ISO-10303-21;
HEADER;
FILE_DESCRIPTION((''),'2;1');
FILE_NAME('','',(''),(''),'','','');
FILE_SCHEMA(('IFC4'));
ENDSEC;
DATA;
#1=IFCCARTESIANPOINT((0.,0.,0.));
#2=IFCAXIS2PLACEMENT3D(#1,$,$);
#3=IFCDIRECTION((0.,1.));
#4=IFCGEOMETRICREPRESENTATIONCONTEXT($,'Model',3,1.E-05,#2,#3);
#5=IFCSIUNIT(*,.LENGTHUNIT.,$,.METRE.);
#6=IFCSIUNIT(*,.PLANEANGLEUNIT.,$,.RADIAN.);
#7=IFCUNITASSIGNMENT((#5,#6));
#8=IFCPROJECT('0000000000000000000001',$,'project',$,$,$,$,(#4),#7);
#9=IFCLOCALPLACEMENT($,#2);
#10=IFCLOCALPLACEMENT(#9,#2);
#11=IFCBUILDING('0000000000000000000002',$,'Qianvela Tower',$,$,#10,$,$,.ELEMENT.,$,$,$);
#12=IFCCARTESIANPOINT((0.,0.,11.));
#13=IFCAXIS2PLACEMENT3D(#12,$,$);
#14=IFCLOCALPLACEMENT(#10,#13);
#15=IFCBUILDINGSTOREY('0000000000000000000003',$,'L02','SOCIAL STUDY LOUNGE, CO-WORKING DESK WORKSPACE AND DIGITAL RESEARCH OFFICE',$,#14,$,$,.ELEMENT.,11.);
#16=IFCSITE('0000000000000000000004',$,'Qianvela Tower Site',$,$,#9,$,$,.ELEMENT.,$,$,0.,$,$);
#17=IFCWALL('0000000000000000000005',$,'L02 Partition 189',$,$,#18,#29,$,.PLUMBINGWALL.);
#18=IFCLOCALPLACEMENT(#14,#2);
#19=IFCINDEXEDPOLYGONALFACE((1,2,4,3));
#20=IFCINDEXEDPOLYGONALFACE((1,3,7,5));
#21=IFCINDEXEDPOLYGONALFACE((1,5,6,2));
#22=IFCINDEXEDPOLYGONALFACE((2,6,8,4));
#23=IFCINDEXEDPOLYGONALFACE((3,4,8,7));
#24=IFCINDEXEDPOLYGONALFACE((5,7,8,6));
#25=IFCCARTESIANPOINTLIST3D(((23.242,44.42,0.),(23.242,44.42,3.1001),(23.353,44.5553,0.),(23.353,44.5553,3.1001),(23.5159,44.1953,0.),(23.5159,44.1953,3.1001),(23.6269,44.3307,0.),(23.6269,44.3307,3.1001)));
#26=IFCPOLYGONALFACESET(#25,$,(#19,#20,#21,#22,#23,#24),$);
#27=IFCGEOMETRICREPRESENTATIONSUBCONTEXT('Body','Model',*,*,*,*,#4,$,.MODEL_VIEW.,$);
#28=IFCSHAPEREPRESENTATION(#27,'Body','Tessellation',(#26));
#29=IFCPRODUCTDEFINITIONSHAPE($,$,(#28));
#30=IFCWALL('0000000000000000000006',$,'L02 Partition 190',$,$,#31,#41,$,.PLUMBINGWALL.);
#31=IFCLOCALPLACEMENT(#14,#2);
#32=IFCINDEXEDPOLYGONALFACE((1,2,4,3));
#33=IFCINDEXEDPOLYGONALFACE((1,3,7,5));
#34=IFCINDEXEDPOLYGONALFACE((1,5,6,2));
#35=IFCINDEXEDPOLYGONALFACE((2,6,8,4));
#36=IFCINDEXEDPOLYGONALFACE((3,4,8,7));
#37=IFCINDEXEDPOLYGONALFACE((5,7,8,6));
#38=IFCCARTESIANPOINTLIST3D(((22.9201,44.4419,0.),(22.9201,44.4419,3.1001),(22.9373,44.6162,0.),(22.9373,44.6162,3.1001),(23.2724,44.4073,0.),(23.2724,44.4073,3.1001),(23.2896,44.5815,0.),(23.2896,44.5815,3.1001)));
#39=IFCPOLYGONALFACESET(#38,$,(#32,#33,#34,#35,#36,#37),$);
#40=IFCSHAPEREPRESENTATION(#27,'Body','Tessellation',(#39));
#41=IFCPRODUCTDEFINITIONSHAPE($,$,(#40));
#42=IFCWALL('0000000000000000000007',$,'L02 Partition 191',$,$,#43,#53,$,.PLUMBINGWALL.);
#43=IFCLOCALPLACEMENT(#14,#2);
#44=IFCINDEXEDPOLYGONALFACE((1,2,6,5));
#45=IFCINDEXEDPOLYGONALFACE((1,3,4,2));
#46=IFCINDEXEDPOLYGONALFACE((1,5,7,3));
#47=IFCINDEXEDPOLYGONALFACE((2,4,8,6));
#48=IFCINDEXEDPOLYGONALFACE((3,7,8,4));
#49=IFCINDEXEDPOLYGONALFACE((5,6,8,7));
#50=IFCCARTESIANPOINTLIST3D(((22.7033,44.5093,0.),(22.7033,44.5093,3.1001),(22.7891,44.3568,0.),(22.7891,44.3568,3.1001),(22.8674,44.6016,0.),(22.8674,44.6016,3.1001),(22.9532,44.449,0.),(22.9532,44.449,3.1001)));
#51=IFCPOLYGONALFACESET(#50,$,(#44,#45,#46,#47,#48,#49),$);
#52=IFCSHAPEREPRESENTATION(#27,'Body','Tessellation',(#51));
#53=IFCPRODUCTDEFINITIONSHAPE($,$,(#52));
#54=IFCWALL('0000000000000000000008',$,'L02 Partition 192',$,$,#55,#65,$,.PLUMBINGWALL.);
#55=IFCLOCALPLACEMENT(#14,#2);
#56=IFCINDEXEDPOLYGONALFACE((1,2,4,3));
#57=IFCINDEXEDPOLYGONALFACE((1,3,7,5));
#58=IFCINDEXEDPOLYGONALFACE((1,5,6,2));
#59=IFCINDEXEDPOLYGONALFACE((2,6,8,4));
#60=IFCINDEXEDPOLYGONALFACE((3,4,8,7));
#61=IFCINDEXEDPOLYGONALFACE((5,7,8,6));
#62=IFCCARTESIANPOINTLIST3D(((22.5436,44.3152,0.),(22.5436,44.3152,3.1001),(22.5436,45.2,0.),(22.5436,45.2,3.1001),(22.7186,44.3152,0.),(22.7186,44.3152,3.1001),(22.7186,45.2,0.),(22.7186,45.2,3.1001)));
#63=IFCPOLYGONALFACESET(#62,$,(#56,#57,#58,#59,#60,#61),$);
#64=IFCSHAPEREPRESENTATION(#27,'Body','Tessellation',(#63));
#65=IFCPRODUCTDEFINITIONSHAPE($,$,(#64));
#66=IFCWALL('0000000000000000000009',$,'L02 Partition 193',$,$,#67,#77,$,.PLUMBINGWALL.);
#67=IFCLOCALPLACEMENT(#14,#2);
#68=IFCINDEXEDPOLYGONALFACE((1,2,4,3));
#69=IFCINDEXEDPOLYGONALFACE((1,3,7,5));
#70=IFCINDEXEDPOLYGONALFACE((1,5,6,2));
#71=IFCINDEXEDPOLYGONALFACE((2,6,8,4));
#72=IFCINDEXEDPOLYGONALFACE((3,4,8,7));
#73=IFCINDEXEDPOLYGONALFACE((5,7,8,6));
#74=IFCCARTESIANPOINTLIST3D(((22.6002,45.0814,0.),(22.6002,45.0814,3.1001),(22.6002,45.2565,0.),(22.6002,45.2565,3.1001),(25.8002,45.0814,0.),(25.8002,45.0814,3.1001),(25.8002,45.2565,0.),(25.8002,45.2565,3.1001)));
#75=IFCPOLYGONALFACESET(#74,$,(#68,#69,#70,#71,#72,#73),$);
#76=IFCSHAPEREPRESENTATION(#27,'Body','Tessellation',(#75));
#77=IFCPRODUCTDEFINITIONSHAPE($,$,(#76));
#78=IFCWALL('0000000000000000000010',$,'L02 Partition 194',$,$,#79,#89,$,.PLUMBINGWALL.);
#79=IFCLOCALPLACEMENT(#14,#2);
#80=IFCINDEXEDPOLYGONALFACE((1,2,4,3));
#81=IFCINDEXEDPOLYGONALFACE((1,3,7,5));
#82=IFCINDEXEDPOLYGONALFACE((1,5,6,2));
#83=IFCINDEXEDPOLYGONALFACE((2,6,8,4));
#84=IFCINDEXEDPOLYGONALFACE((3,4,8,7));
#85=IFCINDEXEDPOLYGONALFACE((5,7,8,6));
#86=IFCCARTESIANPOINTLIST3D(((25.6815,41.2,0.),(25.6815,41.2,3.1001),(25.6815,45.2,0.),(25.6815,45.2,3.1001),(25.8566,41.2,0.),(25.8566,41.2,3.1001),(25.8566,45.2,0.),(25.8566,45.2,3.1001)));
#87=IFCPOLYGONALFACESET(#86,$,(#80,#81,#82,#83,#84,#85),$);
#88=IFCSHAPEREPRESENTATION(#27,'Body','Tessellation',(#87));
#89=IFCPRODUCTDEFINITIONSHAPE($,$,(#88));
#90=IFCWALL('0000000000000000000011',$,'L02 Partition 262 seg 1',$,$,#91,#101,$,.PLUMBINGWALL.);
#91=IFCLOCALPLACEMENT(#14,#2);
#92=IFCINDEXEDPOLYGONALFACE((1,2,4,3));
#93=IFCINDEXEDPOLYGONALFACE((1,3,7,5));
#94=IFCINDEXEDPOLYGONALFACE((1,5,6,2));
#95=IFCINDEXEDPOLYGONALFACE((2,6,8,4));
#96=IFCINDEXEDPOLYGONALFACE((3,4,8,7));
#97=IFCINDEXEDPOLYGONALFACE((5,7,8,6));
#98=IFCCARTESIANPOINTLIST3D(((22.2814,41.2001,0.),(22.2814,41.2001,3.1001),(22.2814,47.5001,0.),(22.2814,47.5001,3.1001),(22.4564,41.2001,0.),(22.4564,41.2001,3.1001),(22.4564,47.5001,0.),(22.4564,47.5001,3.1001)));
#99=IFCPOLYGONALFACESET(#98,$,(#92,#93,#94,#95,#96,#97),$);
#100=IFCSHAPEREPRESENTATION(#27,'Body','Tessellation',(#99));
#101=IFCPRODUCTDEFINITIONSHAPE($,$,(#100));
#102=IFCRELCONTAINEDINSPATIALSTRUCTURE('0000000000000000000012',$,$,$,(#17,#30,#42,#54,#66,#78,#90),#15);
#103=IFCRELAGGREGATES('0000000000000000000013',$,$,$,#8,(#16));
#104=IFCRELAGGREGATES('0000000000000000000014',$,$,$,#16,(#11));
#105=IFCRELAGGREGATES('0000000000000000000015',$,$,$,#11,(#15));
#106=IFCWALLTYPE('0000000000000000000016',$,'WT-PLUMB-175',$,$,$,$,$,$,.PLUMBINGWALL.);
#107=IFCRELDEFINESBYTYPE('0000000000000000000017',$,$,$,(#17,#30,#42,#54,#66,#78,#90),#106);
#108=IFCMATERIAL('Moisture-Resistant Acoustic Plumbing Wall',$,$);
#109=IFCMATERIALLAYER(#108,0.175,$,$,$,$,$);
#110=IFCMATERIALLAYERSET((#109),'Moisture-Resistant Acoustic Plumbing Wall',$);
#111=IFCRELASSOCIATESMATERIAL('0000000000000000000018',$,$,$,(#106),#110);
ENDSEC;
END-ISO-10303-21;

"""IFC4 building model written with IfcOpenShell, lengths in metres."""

from ifc_helpers import new_model, si_unit, direction, frame, frame_2d, origin, place, context, subcontext, project, spatial, rectangle, extrude, material, layer, layer_set, type_object, element, save


model = new_model("IFC4")

# Units and contexts
model_context = context("Model", 3, precision=1e-05, world=origin(), true_north=direction((0.0, 1.0)))
body_context = subcontext(model_context, "Body", "Model", "MODEL_VIEW")
ifc_project = project(units=[si_unit("LENGTHUNIT", "METRE"), si_unit("PLANEANGLEUNIT", "RADIAN")], contexts=[model_context])

# Site, building, storey
site_placement = place(None, origin())
site = spatial("IfcSite", under=ifc_project, at=site_placement, Name="Qianvela Tower Site", CompositionType="ELEMENT", RefElevation=0.0)
building_placement = place(site_placement, origin())
building = spatial("IfcBuilding", under=site, at=building_placement, Name="Qianvela Tower", CompositionType="ELEMENT")
storey_placement = place(building_placement, frame((0.0, 0.0, 11.0)))
storey = spatial("IfcBuildingStorey", under=building, at=storey_placement, Name="L02", Description="SOCIAL STUDY LOUNGE, CO-WORKING DESK WORKSPACE AND DIGITAL RESEARCH OFFICE", CompositionType="ELEMENT", Elevation=11.0)

# Walls
ifc_material_1 = material(Name="Moisture-Resistant Acoustic Plumbing Wall")
ifc_layer_1 = layer(ifc_material_1, 0.175)
ifc_layer_set_1 = layer_set([ifc_layer_1], Name="Moisture-Resistant Acoustic Plumbing Wall")
wall_type = type_object("IfcWallType", Name="WT-PLUMB-175", PredefinedType="PLUMBINGWALL", material=ifc_layer_set_1)
wall_1_placement = place(storey_placement, frame((23.5715, 44.2629, 0.0), z_axis=(0.0, 0.0, 1.0), x_axis=(-0.773281, 0.634063, 0.0)))
element("IfcWall", 1, at=wall_1_placement, inside=storey, type_object=wall_type, Name="L02 Partition 189", PredefinedType="PLUMBINGWALL", context=body_context, shape_type="SweptSolid", body=[
    extrude(rectangle(XDim=0.3542, YDim=0.175, at=frame_2d((0.1772, 0.0))), origin(), (0.0, 0.0, 1.0), 3.1001),
])
wall_2_placement = place(storey_placement, frame((23.281, 44.4944, 0.0), z_axis=(0.0, 0.0, 1.0), x_axis=(-0.995193, 0.097933, 0.0)))
element("IfcWall", 2, at=wall_2_placement, inside=storey, type_object=wall_type, Name="L02 Partition 190", PredefinedType="PLUMBINGWALL", context=body_context, shape_type="SweptSolid", body=[
    extrude(rectangle(XDim=0.354, YDim=0.175, at=frame_2d((0.177, 0.0))), origin(), (0.0, 0.0, 1.0), 3.1001),
])
wall_3_placement = place(storey_placement, frame((22.9104, 44.5254, 0.0), z_axis=(0.0, 0.0, 1.0), x_axis=(-0.871576, -0.490261, 0.0)))
element("IfcWall", 3, at=wall_3_placement, inside=storey, type_object=wall_type, Name="L02 Partition 191", PredefinedType="PLUMBINGWALL", context=body_context, shape_type="SweptSolid", body=[
    extrude(rectangle(XDim=0.1882, YDim=0.175, at=frame_2d((0.0942, 0.0))), origin(), (0.0, 0.0, 1.0), 3.1001),
])
wall_4_placement = place(storey_placement, frame((22.6311, 44.3152, 0.0), z_axis=(0.0, 0.0, 1.0), x_axis=(0.0, 1.0, 0.0)))
element("IfcWall", 4, at=wall_4_placement, inside=storey, type_object=wall_type, Name="L02 Partition 192", PredefinedType="PLUMBINGWALL", context=body_context, shape_type="SweptSolid", body=[
    extrude(rectangle(XDim=0.8848, YDim=0.175, at=frame_2d((0.4424, 0.0))), origin(), (0.0, 0.0, 1.0), 3.1001),
])
wall_5_placement = place(storey_placement, frame((22.6001, 45.1689, 0.0), z_axis=(0.0, 0.0, 1.0), x_axis=(1.0, 0.0, 0.0)))
element("IfcWall", 5, at=wall_5_placement, inside=storey, type_object=wall_type, Name="L02 Partition 193", PredefinedType="PLUMBINGWALL", context=body_context, shape_type="SweptSolid", body=[
    extrude(rectangle(XDim=3.2, YDim=0.175, at=frame_2d((1.6001, 0.0))), origin(), (0.0, 0.0, 1.0), 3.1001),
])
wall_6_placement = place(storey_placement, frame((25.769, 45.2, 0.0), z_axis=(0.0, 0.0, 1.0), x_axis=(0.0, -1.0, 0.0)))
element("IfcWall", 6, at=wall_6_placement, inside=storey, type_object=wall_type, Name="L02 Partition 194", PredefinedType="PLUMBINGWALL", context=body_context, shape_type="SweptSolid", body=[
    extrude(rectangle(XDim=4.0, YDim=0.175, at=frame_2d((2.0, 0.0))), origin(), (0.0, 0.0, 1.0), 3.1001),
])
wall_7_placement = place(storey_placement, frame((22.3689, 47.5, 0.0), z_axis=(0.0, 0.0, 1.0), x_axis=(0.0, -1.0, 0.0)))
element("IfcWall", 7, at=wall_7_placement, inside=storey, type_object=wall_type, Name="L02 Partition 262 seg 1", PredefinedType="PLUMBINGWALL", context=body_context, shape_type="SweptSolid", body=[
    extrude(rectangle(XDim=6.3, YDim=0.175, at=frame_2d((3.1499, 0.0))), origin(), (0.0, 0.0, 1.0), 3.1001),
])

save(model, "model.ifc")
